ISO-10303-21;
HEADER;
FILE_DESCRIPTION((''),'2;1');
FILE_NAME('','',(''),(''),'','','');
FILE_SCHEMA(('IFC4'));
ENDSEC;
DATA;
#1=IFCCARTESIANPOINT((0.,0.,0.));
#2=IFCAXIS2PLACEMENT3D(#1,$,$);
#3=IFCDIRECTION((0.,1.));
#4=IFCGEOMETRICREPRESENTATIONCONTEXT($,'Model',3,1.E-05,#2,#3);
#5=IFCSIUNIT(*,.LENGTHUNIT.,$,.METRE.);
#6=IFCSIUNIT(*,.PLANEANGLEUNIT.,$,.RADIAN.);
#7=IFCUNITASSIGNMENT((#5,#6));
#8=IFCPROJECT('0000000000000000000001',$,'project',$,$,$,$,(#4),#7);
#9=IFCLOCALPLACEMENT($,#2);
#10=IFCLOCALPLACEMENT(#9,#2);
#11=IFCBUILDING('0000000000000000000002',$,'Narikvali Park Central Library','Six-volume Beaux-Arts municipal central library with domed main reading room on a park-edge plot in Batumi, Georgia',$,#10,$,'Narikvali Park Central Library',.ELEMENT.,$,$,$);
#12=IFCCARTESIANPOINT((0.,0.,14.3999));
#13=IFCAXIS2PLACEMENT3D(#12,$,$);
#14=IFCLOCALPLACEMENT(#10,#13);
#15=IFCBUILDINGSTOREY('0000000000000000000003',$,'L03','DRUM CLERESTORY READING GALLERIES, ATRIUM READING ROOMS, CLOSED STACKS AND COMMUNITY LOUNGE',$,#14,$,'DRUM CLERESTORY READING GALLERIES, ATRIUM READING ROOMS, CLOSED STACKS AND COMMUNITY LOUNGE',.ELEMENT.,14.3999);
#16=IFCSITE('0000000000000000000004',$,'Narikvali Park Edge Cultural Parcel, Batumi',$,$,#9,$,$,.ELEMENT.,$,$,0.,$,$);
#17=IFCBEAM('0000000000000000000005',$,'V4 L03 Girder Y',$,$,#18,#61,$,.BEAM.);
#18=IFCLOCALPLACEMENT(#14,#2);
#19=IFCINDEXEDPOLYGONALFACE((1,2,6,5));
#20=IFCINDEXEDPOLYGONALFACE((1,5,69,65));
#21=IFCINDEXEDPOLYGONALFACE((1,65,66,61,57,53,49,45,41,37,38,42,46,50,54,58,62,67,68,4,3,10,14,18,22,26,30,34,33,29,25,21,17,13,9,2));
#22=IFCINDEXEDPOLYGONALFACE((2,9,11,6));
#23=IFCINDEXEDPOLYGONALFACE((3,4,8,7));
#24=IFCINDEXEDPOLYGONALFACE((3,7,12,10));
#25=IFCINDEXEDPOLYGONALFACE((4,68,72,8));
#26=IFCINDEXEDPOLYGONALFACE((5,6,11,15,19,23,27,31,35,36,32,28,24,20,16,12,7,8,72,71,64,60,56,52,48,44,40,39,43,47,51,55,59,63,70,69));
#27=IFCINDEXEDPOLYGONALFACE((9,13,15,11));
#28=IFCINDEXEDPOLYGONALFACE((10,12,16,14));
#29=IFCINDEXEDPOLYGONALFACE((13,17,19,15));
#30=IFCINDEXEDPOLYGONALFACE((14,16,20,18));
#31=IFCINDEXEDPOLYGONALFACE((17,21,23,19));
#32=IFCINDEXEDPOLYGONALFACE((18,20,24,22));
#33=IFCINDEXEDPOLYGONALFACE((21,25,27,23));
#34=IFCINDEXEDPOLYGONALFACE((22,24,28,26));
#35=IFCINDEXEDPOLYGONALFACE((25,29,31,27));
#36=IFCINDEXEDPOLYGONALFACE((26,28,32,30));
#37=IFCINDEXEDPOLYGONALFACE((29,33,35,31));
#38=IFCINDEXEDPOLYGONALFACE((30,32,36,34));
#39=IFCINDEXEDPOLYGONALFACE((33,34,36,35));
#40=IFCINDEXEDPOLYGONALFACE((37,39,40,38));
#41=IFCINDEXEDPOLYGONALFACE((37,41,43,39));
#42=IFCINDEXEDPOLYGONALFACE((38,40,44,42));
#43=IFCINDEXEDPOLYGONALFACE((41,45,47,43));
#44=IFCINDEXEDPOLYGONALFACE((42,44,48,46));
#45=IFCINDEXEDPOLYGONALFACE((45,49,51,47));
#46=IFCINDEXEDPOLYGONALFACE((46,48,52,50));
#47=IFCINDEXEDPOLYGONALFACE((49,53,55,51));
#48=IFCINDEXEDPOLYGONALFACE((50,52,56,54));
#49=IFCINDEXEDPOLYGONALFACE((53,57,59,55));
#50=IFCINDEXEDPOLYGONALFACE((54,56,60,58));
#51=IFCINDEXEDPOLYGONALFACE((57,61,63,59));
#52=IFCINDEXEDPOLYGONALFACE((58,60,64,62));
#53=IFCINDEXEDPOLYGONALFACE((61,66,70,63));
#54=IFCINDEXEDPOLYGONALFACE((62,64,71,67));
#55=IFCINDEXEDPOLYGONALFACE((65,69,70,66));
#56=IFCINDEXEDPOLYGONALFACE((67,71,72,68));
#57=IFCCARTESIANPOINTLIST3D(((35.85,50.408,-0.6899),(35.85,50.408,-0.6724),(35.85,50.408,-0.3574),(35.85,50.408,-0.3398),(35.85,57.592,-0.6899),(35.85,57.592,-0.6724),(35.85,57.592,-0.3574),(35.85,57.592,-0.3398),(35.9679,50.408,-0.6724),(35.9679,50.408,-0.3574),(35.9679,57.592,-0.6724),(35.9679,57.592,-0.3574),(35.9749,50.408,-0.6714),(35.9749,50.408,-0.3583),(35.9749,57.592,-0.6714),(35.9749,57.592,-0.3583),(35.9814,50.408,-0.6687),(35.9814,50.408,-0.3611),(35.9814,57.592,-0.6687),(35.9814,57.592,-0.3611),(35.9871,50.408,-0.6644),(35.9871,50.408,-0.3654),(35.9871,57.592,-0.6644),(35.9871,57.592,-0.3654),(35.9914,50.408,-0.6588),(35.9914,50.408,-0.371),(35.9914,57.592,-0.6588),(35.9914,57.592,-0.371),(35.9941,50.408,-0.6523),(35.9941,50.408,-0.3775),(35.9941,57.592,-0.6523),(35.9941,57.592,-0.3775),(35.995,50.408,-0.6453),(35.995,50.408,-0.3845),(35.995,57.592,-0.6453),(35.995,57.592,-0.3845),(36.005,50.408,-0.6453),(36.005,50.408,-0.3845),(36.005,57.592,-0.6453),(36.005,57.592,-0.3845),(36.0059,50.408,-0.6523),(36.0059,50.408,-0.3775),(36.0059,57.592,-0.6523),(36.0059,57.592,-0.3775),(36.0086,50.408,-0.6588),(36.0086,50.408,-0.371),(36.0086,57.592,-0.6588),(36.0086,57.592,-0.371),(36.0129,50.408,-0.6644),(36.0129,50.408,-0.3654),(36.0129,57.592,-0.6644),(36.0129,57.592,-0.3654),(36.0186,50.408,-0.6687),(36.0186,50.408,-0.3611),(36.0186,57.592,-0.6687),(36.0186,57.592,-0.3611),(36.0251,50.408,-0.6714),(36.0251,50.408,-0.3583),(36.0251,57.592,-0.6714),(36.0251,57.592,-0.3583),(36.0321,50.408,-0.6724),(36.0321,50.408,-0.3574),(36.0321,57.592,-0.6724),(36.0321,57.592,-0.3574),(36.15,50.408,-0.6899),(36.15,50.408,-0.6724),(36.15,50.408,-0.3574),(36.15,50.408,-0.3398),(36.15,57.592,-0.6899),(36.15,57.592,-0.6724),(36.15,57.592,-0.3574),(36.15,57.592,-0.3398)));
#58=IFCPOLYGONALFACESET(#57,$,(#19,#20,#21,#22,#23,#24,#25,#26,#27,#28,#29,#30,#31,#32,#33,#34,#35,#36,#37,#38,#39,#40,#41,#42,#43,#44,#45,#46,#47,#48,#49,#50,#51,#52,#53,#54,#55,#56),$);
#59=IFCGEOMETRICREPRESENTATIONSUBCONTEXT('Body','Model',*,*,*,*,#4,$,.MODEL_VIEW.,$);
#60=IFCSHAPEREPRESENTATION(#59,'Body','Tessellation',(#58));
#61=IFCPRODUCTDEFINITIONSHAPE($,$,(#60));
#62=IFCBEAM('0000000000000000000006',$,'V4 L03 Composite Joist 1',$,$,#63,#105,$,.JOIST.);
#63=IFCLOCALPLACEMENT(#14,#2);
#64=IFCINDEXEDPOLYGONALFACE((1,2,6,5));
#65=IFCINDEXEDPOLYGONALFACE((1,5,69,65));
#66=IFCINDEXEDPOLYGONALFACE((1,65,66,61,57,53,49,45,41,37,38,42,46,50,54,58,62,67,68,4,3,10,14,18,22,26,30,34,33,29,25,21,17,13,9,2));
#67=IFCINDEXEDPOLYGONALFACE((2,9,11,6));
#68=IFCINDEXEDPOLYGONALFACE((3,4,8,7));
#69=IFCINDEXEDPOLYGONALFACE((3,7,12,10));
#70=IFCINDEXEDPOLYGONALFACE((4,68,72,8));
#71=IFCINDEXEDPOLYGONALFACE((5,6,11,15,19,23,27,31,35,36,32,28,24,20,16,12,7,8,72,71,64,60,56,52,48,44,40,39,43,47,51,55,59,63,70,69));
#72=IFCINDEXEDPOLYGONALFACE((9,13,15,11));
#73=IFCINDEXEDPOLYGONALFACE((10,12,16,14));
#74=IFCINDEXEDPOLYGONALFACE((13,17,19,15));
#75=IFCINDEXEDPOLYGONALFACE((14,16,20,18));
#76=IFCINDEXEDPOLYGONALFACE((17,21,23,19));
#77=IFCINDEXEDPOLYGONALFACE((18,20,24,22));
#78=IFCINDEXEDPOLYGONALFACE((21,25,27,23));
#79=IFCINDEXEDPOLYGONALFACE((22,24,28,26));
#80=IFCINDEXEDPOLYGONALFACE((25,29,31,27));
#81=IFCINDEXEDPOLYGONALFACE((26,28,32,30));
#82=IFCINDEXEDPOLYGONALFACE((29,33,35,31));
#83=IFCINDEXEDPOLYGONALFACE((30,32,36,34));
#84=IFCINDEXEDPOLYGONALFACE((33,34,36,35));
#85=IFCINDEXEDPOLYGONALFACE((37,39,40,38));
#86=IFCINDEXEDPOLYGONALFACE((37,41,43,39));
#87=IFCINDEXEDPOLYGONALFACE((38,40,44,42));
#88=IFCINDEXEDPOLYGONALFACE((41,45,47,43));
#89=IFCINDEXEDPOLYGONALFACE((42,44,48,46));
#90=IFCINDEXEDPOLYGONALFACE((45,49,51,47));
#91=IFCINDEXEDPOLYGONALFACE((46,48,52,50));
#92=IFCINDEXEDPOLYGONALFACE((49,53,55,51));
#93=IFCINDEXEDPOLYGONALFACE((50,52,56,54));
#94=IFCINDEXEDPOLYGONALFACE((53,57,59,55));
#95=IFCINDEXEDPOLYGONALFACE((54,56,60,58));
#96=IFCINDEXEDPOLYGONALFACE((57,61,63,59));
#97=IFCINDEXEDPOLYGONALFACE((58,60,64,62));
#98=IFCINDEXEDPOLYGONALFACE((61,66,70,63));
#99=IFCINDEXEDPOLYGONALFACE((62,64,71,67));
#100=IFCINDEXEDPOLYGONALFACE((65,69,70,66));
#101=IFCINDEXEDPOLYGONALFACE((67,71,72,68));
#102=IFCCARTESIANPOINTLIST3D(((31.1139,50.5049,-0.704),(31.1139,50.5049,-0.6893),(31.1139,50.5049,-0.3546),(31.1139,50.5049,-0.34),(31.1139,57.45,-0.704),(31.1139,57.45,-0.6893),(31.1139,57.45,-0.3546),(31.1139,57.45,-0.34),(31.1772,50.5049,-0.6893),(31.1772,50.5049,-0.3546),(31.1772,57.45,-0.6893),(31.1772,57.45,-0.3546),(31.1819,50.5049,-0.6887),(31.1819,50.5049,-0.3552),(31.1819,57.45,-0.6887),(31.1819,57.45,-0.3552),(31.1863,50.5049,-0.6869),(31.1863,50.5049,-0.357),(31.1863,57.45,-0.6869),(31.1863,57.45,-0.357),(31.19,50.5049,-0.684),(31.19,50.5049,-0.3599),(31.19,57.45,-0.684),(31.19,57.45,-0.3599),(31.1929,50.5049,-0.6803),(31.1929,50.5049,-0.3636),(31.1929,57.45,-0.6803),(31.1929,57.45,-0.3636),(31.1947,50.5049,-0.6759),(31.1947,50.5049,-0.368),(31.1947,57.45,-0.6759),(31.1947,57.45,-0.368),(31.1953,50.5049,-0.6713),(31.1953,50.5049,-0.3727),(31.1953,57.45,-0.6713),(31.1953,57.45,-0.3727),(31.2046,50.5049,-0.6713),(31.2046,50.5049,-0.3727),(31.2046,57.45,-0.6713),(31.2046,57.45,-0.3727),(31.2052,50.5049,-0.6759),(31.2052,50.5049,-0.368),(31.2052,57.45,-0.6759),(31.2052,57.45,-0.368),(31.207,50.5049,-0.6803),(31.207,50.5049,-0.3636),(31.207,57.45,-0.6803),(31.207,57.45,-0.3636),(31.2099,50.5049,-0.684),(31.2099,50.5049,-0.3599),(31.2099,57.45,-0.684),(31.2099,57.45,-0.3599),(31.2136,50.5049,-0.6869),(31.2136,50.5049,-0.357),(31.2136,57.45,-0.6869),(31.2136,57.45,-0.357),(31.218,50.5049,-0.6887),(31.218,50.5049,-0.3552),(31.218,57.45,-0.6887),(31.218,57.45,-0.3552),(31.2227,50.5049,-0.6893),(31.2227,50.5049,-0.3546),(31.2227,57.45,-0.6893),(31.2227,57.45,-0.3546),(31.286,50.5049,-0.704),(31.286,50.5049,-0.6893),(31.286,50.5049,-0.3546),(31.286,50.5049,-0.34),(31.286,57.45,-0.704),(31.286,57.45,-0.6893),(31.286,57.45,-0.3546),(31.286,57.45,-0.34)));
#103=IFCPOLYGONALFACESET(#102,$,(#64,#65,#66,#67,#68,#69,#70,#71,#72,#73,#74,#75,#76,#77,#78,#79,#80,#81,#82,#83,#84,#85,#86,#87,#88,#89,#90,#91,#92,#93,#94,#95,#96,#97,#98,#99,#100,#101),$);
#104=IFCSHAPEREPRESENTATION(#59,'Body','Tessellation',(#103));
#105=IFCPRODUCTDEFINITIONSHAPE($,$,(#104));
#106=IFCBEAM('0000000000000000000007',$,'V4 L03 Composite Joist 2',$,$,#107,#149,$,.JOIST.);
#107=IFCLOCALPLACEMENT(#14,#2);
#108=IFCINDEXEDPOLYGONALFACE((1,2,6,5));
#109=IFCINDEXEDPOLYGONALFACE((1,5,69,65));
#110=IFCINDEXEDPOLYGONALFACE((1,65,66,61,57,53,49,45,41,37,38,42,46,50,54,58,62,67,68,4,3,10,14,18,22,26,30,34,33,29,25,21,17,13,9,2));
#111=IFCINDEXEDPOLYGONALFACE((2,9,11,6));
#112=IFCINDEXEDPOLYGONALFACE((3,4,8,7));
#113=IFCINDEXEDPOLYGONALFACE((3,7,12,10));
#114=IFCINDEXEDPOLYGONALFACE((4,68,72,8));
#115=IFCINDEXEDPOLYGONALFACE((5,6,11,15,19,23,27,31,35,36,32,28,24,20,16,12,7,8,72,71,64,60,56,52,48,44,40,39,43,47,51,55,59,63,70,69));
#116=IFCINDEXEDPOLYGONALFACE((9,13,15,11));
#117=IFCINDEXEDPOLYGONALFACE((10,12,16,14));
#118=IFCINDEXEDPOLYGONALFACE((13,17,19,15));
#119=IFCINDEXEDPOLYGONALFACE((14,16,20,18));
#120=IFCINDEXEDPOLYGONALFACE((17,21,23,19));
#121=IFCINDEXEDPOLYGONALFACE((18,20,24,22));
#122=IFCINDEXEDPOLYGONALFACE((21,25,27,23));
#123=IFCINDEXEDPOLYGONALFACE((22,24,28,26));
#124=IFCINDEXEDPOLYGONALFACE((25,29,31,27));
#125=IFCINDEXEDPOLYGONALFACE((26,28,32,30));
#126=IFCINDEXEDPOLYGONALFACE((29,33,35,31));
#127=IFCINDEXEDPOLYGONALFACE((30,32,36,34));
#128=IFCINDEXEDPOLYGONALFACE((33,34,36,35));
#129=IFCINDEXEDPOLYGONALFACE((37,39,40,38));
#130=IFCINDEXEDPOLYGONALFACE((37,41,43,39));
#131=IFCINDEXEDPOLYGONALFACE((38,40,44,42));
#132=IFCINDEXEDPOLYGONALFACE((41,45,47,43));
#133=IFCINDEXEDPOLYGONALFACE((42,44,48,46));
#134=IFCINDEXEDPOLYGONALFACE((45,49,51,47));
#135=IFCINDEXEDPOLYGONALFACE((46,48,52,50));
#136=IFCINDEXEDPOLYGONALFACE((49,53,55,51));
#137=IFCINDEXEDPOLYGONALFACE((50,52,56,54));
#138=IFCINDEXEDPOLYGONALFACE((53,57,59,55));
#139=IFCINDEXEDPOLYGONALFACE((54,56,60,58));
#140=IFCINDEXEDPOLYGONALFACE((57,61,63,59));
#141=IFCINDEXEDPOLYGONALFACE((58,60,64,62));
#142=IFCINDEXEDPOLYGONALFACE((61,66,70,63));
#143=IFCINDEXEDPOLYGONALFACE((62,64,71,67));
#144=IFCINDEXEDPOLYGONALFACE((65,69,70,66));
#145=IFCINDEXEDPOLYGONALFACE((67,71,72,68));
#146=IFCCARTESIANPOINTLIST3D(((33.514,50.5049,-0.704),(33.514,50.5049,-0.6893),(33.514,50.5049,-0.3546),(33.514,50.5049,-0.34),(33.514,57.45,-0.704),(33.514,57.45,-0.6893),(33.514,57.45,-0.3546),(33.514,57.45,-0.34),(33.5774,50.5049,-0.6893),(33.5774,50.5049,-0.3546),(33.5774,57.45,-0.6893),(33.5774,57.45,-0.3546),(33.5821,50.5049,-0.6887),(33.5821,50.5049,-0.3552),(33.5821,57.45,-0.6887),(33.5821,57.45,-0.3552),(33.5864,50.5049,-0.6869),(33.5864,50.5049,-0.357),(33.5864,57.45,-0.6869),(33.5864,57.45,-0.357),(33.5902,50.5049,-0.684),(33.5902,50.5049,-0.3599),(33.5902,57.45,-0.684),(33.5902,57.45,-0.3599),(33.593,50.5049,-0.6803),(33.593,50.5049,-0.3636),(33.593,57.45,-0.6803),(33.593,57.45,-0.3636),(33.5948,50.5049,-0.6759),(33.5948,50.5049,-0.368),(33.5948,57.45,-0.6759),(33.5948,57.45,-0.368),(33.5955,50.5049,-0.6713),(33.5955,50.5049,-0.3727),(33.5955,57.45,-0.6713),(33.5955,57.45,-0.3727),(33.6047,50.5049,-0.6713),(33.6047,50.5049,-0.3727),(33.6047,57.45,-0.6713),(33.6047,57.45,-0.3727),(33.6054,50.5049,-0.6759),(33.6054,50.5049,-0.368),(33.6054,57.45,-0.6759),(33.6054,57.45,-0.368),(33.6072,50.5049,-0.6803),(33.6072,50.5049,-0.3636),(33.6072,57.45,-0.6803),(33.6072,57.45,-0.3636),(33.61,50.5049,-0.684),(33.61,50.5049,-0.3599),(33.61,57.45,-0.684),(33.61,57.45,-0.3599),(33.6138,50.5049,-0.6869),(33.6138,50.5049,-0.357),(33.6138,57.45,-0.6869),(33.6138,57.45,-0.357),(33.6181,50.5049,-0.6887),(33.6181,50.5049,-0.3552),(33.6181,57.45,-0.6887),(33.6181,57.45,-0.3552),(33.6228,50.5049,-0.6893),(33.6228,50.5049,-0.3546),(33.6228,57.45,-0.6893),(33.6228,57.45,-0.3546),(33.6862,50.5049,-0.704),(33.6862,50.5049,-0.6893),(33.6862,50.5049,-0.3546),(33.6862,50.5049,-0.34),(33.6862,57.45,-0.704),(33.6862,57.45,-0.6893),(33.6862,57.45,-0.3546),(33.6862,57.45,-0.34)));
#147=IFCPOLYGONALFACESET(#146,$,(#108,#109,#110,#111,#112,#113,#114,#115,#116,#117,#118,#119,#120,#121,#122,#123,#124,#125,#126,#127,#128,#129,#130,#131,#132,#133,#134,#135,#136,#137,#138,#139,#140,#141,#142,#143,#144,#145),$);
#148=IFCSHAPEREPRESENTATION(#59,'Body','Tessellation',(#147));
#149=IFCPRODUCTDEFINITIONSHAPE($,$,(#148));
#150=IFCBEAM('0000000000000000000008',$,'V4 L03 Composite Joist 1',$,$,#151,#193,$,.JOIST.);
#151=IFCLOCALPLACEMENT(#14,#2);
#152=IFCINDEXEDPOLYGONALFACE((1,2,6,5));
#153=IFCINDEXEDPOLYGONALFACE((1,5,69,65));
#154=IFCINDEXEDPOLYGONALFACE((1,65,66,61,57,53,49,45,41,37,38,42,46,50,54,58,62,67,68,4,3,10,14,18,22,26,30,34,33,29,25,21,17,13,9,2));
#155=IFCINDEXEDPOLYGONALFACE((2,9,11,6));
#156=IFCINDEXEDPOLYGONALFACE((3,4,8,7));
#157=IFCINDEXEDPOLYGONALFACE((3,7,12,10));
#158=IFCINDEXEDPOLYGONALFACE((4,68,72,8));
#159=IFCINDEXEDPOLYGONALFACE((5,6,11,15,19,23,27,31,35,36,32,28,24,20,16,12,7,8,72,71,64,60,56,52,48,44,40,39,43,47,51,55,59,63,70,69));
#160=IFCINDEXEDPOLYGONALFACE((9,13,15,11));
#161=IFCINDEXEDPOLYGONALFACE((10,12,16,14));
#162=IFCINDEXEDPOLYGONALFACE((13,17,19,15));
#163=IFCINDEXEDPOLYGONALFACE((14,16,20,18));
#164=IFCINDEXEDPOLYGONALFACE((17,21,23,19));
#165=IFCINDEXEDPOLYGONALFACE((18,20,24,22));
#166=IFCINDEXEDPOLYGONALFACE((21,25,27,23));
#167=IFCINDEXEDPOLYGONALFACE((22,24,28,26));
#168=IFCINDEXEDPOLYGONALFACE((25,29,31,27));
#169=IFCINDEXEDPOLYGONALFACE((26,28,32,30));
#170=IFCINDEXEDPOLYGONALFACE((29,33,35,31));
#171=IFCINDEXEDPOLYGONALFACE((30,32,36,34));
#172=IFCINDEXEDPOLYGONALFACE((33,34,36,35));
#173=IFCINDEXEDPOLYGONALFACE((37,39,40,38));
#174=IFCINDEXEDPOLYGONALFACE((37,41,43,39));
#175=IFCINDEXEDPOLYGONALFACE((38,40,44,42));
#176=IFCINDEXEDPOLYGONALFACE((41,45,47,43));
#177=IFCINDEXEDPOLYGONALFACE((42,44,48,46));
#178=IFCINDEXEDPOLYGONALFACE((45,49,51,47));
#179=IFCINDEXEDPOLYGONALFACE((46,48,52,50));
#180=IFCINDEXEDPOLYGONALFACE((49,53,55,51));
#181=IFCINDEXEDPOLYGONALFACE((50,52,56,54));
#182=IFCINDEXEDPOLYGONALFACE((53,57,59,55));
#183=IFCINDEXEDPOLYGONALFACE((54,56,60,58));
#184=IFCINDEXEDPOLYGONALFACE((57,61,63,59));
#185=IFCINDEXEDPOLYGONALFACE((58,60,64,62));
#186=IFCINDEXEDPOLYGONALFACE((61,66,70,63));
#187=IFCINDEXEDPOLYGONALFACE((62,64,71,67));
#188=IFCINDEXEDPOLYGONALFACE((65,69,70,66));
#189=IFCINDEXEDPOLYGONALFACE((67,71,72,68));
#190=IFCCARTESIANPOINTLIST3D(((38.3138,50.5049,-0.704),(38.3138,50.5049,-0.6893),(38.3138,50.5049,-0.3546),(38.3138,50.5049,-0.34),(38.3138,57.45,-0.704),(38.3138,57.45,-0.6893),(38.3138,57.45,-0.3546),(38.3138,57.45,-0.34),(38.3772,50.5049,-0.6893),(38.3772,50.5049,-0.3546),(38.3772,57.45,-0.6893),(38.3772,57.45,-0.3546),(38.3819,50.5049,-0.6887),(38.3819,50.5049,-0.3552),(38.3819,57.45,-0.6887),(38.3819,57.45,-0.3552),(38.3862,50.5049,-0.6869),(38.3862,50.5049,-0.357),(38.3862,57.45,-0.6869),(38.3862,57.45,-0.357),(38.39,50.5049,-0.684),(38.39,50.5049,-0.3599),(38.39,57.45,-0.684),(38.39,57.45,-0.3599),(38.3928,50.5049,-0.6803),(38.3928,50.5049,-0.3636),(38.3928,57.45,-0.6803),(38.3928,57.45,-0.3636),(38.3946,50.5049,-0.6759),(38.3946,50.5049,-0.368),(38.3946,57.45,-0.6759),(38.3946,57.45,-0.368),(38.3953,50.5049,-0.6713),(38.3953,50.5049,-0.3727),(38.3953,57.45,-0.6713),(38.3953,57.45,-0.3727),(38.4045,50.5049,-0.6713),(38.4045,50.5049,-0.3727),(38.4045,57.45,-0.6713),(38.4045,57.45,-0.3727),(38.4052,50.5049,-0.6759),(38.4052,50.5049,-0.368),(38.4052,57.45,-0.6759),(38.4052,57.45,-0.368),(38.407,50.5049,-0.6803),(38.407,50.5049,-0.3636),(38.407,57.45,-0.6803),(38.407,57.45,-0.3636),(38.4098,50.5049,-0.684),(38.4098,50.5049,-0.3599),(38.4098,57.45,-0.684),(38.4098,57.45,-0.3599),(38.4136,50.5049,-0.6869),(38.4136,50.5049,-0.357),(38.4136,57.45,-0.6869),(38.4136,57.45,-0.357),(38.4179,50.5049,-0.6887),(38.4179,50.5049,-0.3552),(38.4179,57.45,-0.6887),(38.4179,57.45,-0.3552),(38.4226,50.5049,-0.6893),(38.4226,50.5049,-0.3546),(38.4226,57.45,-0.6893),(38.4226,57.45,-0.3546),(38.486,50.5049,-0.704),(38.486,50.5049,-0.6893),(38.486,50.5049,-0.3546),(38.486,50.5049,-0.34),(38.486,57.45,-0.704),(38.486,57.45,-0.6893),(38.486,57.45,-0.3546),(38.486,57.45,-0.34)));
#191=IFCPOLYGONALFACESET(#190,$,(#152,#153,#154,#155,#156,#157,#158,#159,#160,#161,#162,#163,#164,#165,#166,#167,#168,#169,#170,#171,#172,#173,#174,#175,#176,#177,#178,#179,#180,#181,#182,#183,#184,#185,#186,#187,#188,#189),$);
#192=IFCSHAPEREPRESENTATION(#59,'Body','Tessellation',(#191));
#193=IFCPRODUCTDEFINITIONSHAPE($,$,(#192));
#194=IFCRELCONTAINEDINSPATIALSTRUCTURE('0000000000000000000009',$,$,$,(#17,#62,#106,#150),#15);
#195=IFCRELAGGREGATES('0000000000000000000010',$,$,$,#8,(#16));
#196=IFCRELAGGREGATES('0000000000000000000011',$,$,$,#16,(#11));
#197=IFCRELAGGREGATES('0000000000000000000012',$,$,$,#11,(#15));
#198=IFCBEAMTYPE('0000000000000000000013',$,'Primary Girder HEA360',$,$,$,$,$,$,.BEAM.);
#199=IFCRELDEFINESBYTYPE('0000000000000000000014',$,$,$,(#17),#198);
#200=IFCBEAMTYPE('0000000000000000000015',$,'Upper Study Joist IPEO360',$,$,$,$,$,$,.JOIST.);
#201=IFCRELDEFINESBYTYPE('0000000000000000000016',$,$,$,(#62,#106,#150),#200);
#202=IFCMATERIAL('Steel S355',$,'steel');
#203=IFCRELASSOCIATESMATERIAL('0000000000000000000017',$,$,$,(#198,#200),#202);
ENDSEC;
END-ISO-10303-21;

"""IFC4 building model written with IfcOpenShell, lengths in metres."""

from ifc_helpers import new_model, si_unit, direction, frame, origin, origin_2d, place, context, subcontext, project, spatial, i_section, extrude, material, material_profile, profile_set, type_object, element, save


model = new_model("IFC4")

# Units and contexts
model_context = context("Model", 3, precision=1e-05, world=origin(), true_north=direction((0.0, 1.0)))
body_context = subcontext(model_context, "Body", "Model", "MODEL_VIEW")
ifc_project = project(units=[si_unit("LENGTHUNIT", "METRE"), si_unit("PLANEANGLEUNIT", "RADIAN")], contexts=[model_context])

# Site, building, storey
site_placement = place(None, origin())
site = spatial("IfcSite", under=ifc_project, at=site_placement, Name="Narikvali Park Edge Cultural Parcel, Batumi", CompositionType="ELEMENT", RefElevation=0.0)
building_placement = place(site_placement, origin())
building = spatial("IfcBuilding", under=site, at=building_placement, Name="Narikvali Park Central Library", Description="Six-volume Beaux-Arts municipal central library with domed main reading room on a park-edge plot in Batumi, Georgia", LongName="Narikvali Park Central Library", CompositionType="ELEMENT")
storey_placement = place(building_placement, frame((0.0, 0.0, 14.3999)))
storey = spatial("IfcBuildingStorey", under=building, at=storey_placement, Name="L03", Description="DRUM CLERESTORY READING GALLERIES, ATRIUM READING ROOMS, CLOSED STACKS AND COMMUNITY LOUNGE", LongName="DRUM CLERESTORY READING GALLERIES, ATRIUM READING ROOMS, CLOSED STACKS AND COMMUNITY LOUNGE", CompositionType="ELEMENT", Elevation=14.3999)

# Beams
ifc_material_1 = material(Name="Steel S355", Category="steel")
ifc_material_profile_1 = material_profile(ifc_material_1, i_section(OverallWidth=0.3, OverallDepth=0.3501, WebThickness=0.01, FlangeThickness=0.0176, FilletRadius=0.0271, at=origin_2d()), Name="HEA 360")
ifc_profile_set_1 = profile_set([ifc_material_profile_1], Name="Steel S355")
beam_type_1 = type_object("IfcBeamType", Name="Primary Girder HEA360", PredefinedType="BEAM", material=ifc_profile_set_1)
beam_1_placement = place(storey_placement, frame((36.0, 50.408, -0.5149), z_axis=(0.0, 1.0, 0.0), x_axis=(-1.0, 0.0, 0.0)))
element("IfcBeam", 1, at=beam_1_placement, inside=storey, type_object=beam_type_1, Name="V4 L03 Girder Y", PredefinedType="BEAM", context=body_context, shape_type="SweptSolid", body=[
    extrude(i_section(OverallWidth=0.3, OverallDepth=0.3501, WebThickness=0.01, FlangeThickness=0.0176, FilletRadius=0.0271, at=origin_2d()), origin(), (0.0, 0.0, 1.0), 7.1841),
])
ifc_material_profile_2 = material_profile(ifc_material_1, i_section(OverallWidth=0.1721, OverallDepth=0.364, WebThickness=0.0093, FlangeThickness=0.0146, FilletRadius=0.0181, at=origin_2d()), Name="IPEO 360")
ifc_profile_set_2 = profile_set([ifc_material_profile_2], Name="Steel S355")
beam_type_2 = type_object("IfcBeamType", Name="Upper Study Joist IPEO360", PredefinedType="JOIST", material=ifc_profile_set_2)
for number, where, z_axis, x_axis, name in (
    (2, (31.2, 50.5049, -0.522), (0.0, 1.0, 0.0), (-1.0, 0.0, 0.0), "V4 L03 Composite Joist 1"),
    (3, (33.6001, 50.5049, -0.522), (0.0, 1.0, 0.0), (-1.0, 0.0, 0.0), "V4 L03 Composite Joist 2"),
    (4, (38.3999, 50.5049, -0.522), (0.0, 1.0, 0.0), (-1.0, 0.0, 0.0), "V4 L03 Composite Joist 1"),
):
    element("IfcBeam", number, at=place(storey_placement, frame(where, z_axis=z_axis, x_axis=x_axis)), inside=storey, type_object=beam_type_2, Name=name, PredefinedType="JOIST", context=body_context, shape_type="SweptSolid", body=[
        extrude(i_section(OverallWidth=0.1721, OverallDepth=0.364, WebThickness=0.0093, FlangeThickness=0.0146, FilletRadius=0.0181, at=origin_2d()), origin(), (0.0, 0.0, 1.0), 6.9451),
    ])

save(model, "model.ifc")
